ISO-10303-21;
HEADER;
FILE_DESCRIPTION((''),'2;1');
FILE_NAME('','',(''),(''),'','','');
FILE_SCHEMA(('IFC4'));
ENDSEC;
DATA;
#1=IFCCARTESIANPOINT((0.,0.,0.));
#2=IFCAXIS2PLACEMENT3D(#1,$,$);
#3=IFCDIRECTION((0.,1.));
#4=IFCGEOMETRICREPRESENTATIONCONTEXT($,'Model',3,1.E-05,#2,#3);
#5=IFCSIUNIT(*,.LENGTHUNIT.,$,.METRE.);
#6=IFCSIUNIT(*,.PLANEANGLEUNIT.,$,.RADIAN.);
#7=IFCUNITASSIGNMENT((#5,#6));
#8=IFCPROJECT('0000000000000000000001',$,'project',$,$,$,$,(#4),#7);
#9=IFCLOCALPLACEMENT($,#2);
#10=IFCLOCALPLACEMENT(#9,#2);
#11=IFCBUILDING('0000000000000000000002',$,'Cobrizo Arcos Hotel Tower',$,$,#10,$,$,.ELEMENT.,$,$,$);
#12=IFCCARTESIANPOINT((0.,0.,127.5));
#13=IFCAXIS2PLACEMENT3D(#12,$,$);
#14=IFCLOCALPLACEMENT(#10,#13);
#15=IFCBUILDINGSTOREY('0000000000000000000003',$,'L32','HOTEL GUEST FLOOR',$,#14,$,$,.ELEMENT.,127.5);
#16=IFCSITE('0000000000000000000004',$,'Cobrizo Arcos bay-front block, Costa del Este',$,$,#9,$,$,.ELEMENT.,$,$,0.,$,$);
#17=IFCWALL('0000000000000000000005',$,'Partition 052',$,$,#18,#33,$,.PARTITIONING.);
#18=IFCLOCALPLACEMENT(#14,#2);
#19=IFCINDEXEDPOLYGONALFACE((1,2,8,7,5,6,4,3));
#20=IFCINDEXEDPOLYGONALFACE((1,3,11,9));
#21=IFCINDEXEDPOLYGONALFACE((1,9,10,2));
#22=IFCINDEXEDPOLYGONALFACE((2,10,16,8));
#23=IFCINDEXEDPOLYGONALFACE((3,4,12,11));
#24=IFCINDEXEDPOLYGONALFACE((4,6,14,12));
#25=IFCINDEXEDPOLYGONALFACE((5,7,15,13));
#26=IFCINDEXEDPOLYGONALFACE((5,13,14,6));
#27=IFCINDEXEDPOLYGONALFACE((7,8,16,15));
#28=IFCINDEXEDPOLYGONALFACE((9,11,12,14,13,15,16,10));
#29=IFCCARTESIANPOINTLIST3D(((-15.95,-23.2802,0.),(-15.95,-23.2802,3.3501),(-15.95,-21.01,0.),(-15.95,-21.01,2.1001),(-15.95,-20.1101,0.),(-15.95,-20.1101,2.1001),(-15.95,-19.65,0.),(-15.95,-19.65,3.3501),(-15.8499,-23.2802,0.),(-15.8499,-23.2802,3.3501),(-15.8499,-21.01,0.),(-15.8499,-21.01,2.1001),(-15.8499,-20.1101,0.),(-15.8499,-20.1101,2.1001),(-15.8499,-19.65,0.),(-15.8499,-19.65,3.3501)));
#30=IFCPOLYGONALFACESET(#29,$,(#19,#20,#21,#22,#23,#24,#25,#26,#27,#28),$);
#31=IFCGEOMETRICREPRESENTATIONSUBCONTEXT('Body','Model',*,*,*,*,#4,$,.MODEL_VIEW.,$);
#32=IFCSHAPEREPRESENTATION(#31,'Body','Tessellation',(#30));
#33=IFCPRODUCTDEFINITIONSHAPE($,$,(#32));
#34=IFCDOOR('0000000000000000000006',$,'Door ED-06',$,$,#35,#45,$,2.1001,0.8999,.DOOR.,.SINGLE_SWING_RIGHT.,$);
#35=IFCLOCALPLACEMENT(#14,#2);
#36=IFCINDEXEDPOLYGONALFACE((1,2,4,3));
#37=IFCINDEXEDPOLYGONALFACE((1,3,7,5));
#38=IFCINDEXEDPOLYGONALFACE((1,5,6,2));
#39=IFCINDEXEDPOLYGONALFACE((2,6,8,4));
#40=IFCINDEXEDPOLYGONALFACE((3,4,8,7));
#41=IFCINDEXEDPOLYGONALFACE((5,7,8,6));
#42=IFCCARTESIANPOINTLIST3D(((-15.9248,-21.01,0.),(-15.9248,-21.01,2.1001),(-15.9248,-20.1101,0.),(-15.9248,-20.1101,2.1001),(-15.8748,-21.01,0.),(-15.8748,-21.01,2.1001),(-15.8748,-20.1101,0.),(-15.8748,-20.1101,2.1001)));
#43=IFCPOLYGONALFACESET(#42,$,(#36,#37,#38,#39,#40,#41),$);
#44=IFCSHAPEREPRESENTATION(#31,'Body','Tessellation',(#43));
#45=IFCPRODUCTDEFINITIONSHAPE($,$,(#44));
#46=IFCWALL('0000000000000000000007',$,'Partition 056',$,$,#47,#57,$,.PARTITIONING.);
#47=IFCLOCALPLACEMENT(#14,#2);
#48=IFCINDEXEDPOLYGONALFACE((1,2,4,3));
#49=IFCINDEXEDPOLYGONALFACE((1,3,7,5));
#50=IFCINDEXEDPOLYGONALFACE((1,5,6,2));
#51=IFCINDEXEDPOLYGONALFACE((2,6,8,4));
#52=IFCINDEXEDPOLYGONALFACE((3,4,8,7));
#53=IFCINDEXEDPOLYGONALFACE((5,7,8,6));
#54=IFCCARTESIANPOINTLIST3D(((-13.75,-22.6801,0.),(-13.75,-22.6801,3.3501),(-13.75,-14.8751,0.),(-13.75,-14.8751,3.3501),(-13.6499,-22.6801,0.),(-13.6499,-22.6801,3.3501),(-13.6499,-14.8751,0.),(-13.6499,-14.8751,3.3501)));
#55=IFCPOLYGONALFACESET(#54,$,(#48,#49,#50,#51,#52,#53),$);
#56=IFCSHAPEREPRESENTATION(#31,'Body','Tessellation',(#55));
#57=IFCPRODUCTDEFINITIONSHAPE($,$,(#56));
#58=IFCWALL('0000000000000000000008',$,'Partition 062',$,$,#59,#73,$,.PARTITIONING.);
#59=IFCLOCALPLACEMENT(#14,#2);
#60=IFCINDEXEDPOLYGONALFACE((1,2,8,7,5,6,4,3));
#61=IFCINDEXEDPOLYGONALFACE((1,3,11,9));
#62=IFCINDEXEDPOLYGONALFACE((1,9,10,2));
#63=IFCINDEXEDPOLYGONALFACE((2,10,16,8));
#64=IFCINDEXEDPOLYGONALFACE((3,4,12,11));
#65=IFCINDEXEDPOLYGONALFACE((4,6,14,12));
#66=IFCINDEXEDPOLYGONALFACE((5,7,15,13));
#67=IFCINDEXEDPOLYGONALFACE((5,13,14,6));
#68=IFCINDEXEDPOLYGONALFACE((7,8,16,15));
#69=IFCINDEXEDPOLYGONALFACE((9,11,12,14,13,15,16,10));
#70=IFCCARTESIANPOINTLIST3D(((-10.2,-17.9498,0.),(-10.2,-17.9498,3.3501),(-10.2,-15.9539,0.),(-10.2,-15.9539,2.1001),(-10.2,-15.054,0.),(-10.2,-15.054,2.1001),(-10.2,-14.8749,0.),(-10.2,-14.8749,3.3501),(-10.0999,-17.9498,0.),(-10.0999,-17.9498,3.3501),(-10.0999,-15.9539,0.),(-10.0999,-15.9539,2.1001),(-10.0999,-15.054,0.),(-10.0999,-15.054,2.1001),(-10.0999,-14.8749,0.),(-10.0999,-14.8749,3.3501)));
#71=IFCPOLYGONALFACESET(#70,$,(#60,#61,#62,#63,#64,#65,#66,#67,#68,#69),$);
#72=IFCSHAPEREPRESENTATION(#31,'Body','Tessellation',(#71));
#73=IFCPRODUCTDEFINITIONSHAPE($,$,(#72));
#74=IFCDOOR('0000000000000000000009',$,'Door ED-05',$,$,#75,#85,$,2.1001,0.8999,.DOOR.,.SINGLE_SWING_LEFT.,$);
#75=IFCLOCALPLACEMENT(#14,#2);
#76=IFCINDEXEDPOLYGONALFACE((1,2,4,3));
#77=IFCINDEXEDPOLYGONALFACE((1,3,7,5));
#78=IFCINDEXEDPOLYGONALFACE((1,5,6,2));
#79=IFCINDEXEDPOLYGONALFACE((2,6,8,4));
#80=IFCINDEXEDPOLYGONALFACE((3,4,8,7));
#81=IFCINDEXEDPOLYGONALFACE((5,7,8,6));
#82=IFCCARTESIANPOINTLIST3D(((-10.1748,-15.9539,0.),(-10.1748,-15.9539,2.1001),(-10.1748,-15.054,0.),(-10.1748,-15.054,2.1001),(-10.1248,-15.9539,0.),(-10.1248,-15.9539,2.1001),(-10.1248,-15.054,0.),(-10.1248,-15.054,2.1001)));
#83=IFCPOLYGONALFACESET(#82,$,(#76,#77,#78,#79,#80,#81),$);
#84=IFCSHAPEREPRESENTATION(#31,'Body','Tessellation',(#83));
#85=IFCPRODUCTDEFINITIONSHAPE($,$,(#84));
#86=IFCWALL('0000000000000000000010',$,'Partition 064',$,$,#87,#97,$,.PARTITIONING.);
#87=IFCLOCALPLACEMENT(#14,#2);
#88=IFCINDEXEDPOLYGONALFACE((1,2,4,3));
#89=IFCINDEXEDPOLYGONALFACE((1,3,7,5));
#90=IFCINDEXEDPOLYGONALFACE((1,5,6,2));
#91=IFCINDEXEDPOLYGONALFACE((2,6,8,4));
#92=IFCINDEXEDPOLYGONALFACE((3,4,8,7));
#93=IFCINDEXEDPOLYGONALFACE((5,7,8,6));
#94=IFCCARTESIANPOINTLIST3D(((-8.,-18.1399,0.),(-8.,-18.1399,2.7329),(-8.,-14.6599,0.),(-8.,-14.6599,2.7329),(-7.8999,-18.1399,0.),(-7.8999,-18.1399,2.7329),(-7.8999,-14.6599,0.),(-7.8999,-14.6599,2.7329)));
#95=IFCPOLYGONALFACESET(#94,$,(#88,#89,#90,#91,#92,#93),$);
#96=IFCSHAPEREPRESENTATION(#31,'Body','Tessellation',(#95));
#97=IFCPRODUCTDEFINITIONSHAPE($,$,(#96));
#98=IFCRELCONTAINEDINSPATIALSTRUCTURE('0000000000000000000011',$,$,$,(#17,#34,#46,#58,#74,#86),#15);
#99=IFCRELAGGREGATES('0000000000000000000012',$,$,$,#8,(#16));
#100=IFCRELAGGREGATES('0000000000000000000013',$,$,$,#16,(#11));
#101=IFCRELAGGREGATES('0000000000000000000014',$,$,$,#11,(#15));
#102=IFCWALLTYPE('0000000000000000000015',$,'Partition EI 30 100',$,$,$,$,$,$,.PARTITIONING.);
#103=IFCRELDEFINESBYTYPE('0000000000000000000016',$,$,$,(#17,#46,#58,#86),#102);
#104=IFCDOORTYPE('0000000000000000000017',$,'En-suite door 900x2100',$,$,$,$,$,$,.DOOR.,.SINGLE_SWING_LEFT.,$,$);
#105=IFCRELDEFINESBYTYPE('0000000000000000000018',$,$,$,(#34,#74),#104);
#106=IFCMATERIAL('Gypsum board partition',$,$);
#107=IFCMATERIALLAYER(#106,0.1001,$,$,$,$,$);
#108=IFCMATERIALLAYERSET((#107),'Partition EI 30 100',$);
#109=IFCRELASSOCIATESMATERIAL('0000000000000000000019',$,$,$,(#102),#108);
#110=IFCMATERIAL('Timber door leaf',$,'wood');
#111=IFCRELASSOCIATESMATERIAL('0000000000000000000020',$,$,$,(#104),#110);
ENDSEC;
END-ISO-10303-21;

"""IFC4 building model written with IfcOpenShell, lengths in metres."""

from ifc_helpers import new_model, si_unit, direction, frame, frame_2d, origin, place, context, subcontext, project, spatial, rectangle, extrude, material, layer, layer_set, type_object, element, fill, save


model = new_model("IFC4")

# Units and contexts
model_context = context("Model", 3, precision=1e-05, world=origin(), true_north=direction((0.0, 1.0)))
body_context = subcontext(model_context, "Body", "Model", "MODEL_VIEW")
ifc_project = project(units=[si_unit("LENGTHUNIT", "METRE"), si_unit("PLANEANGLEUNIT", "RADIAN")], contexts=[model_context])

# Site, building, storey
site_placement = place(None, origin())
site = spatial("IfcSite", under=ifc_project, at=site_placement, Name="Cobrizo Arcos bay-front block, Costa del Este", CompositionType="ELEMENT", RefElevation=0.0)
building_placement = place(site_placement, origin())
building = spatial("IfcBuilding", under=site, at=building_placement, Name="Cobrizo Arcos Hotel Tower", CompositionType="ELEMENT")
storey_placement = place(building_placement, frame((0.0, 0.0, 127.5)))
storey = spatial("IfcBuildingStorey", under=building, at=storey_placement, Name="L32", Description="HOTEL GUEST FLOOR", CompositionType="ELEMENT", Elevation=127.5)

# Shared definitions
ifc_material_1 = material(Name="Gypsum board partition")
ifc_material_2 = material(Name="Timber door leaf", Category="wood")

# Shared definitions
ifc_layer_1 = layer(ifc_material_1, 0.1001)
ifc_layer_set_1 = layer_set([ifc_layer_1], Name="Partition EI 30 100")
wall_type_1 = type_object("IfcWallType", Name="Partition EI 30 100", PredefinedType="PARTITIONING", material=ifc_layer_set_1)

# Wall, opening, door
wall_1_placement = place(storey_placement, frame((-15.8999, -23.28, 0.0), z_axis=(0.0, 0.0, 1.0), x_axis=(0.0, 1.0, 0.0)))
wall_1 = element("IfcWall", 1, at=wall_1_placement, inside=storey, type_object=wall_type_1, Name="Partition 052", PredefinedType="PARTITIONING", context=body_context, shape_type="SweptSolid", body=[
    extrude(rectangle(XDim=3.6301, YDim=0.1001, at=frame_2d((1.8149, 0.0))), origin(), (0.0, 0.0, 1.0), 3.3501),
])
opening_1_placement = place(wall_1_placement, frame((2.27, 0.0, 0.0)))
opening_1 = element("IfcOpeningElement", 2, at=opening_1_placement, cuts=wall_1, PredefinedType="OPENING", context=body_context, shape_type="SweptSolid", body=[
    extrude(rectangle(XDim=0.8999, YDim=2.1001, at=frame_2d((0.45, 1.05))), frame((0.0, 0.062, 0.0), z_axis=(0.0, -1.0, 0.0), x_axis=(1.0, 0.0, 0.0)), (0.0, 0.0, 1.0), 0.124),
])
door_type_1 = type_object("IfcDoorType", Name="En-suite door 900x2100", OperationType="SINGLE_SWING_LEFT", PredefinedType="DOOR", material=ifc_material_2)
door_1_placement = place(opening_1_placement, origin())
door_1 = element("IfcDoor", 3, at=door_1_placement, inside=storey, type_object=door_type_1, Name="Door ED-06", OperationType="SINGLE_SWING_RIGHT", OverallHeight=2.1001, OverallWidth=0.8999, PredefinedType="DOOR", context=body_context, shape_type="SweptSolid", body=[
    extrude(rectangle(XDim=0.8999, YDim=2.1001, at=frame_2d((0.45, 1.05))), frame((0.0, 0.0249, 0.0), z_axis=(0.0, -1.0, 0.0), x_axis=(1.0, 0.0, 0.0)), (0.0, 0.0, 1.0), 0.05),
])
fill(opening_1, door_1)

# Wall
wall_2_placement = place(storey_placement, frame((-13.7, -22.6799, 0.0), z_axis=(0.0, 0.0, 1.0), x_axis=(0.0, 1.0, 0.0)))
element("IfcWall", 4, at=wall_2_placement, inside=storey, type_object=wall_type_1, Name="Partition 056", PredefinedType="PARTITIONING", context=body_context, shape_type="SweptSolid", body=[
    extrude(rectangle(XDim=7.8049, YDim=0.1001, at=frame_2d((3.9023, 0.0))), origin(), (0.0, 0.0, 1.0), 3.3501),
])

# Wall, opening, door
wall_3_placement = place(storey_placement, frame((-10.1499, -17.95, 0.0), z_axis=(0.0, 0.0, 1.0), x_axis=(0.0, 1.0, 0.0)))
wall_3 = element("IfcWall", 5, at=wall_3_placement, inside=storey, type_object=wall_type_1, Name="Partition 062", PredefinedType="PARTITIONING", context=body_context, shape_type="SweptSolid", body=[
    extrude(rectangle(XDim=3.075, YDim=0.1001, at=frame_2d((1.5376, 0.0))), origin(), (0.0, 0.0, 1.0), 3.3501),
])
opening_2_placement = place(wall_3_placement, frame((1.9961, 0.0, 0.0)))
opening_2 = element("IfcOpeningElement", 6, at=opening_2_placement, cuts=wall_3, PredefinedType="OPENING", context=body_context, shape_type="SweptSolid", body=[
    extrude(rectangle(XDim=0.8999, YDim=2.1001, at=frame_2d((0.45, 1.05))), frame((0.0, 0.062, 0.0), z_axis=(0.0, -1.0, 0.0), x_axis=(1.0, 0.0, 0.0)), (0.0, 0.0, 1.0), 0.124),
])
door_2_placement = place(opening_2_placement, origin())
door_2 = element("IfcDoor", 7, at=door_2_placement, inside=storey, type_object=door_type_1, Name="Door ED-05", OperationType="SINGLE_SWING_LEFT", OverallHeight=2.1001, OverallWidth=0.8999, PredefinedType="DOOR", context=body_context, shape_type="SweptSolid", body=[
    extrude(rectangle(XDim=0.8999, YDim=2.1001, at=frame_2d((0.45, 1.05))), frame((0.0, 0.0249, 0.0), z_axis=(0.0, -1.0, 0.0), x_axis=(1.0, 0.0, 0.0)), (0.0, 0.0, 1.0), 0.05),
])
fill(opening_2, door_2)

# Wall
wall_4_placement = place(storey_placement, frame((-7.95, -18.1399, 0.0), z_axis=(0.0, 0.0, 1.0), x_axis=(0.0, 1.0, 0.0)))
element("IfcWall", 8, at=wall_4_placement, inside=storey, type_object=wall_type_1, Name="Partition 064", PredefinedType="PARTITIONING", context=body_context, shape_type="SweptSolid", body=[
    extrude(rectangle(XDim=3.48, YDim=0.1001, at=frame_2d((1.74, 0.0))), origin(), (0.0, 0.0, 1.0), 2.7329),
])

save(model, "model.ifc")
